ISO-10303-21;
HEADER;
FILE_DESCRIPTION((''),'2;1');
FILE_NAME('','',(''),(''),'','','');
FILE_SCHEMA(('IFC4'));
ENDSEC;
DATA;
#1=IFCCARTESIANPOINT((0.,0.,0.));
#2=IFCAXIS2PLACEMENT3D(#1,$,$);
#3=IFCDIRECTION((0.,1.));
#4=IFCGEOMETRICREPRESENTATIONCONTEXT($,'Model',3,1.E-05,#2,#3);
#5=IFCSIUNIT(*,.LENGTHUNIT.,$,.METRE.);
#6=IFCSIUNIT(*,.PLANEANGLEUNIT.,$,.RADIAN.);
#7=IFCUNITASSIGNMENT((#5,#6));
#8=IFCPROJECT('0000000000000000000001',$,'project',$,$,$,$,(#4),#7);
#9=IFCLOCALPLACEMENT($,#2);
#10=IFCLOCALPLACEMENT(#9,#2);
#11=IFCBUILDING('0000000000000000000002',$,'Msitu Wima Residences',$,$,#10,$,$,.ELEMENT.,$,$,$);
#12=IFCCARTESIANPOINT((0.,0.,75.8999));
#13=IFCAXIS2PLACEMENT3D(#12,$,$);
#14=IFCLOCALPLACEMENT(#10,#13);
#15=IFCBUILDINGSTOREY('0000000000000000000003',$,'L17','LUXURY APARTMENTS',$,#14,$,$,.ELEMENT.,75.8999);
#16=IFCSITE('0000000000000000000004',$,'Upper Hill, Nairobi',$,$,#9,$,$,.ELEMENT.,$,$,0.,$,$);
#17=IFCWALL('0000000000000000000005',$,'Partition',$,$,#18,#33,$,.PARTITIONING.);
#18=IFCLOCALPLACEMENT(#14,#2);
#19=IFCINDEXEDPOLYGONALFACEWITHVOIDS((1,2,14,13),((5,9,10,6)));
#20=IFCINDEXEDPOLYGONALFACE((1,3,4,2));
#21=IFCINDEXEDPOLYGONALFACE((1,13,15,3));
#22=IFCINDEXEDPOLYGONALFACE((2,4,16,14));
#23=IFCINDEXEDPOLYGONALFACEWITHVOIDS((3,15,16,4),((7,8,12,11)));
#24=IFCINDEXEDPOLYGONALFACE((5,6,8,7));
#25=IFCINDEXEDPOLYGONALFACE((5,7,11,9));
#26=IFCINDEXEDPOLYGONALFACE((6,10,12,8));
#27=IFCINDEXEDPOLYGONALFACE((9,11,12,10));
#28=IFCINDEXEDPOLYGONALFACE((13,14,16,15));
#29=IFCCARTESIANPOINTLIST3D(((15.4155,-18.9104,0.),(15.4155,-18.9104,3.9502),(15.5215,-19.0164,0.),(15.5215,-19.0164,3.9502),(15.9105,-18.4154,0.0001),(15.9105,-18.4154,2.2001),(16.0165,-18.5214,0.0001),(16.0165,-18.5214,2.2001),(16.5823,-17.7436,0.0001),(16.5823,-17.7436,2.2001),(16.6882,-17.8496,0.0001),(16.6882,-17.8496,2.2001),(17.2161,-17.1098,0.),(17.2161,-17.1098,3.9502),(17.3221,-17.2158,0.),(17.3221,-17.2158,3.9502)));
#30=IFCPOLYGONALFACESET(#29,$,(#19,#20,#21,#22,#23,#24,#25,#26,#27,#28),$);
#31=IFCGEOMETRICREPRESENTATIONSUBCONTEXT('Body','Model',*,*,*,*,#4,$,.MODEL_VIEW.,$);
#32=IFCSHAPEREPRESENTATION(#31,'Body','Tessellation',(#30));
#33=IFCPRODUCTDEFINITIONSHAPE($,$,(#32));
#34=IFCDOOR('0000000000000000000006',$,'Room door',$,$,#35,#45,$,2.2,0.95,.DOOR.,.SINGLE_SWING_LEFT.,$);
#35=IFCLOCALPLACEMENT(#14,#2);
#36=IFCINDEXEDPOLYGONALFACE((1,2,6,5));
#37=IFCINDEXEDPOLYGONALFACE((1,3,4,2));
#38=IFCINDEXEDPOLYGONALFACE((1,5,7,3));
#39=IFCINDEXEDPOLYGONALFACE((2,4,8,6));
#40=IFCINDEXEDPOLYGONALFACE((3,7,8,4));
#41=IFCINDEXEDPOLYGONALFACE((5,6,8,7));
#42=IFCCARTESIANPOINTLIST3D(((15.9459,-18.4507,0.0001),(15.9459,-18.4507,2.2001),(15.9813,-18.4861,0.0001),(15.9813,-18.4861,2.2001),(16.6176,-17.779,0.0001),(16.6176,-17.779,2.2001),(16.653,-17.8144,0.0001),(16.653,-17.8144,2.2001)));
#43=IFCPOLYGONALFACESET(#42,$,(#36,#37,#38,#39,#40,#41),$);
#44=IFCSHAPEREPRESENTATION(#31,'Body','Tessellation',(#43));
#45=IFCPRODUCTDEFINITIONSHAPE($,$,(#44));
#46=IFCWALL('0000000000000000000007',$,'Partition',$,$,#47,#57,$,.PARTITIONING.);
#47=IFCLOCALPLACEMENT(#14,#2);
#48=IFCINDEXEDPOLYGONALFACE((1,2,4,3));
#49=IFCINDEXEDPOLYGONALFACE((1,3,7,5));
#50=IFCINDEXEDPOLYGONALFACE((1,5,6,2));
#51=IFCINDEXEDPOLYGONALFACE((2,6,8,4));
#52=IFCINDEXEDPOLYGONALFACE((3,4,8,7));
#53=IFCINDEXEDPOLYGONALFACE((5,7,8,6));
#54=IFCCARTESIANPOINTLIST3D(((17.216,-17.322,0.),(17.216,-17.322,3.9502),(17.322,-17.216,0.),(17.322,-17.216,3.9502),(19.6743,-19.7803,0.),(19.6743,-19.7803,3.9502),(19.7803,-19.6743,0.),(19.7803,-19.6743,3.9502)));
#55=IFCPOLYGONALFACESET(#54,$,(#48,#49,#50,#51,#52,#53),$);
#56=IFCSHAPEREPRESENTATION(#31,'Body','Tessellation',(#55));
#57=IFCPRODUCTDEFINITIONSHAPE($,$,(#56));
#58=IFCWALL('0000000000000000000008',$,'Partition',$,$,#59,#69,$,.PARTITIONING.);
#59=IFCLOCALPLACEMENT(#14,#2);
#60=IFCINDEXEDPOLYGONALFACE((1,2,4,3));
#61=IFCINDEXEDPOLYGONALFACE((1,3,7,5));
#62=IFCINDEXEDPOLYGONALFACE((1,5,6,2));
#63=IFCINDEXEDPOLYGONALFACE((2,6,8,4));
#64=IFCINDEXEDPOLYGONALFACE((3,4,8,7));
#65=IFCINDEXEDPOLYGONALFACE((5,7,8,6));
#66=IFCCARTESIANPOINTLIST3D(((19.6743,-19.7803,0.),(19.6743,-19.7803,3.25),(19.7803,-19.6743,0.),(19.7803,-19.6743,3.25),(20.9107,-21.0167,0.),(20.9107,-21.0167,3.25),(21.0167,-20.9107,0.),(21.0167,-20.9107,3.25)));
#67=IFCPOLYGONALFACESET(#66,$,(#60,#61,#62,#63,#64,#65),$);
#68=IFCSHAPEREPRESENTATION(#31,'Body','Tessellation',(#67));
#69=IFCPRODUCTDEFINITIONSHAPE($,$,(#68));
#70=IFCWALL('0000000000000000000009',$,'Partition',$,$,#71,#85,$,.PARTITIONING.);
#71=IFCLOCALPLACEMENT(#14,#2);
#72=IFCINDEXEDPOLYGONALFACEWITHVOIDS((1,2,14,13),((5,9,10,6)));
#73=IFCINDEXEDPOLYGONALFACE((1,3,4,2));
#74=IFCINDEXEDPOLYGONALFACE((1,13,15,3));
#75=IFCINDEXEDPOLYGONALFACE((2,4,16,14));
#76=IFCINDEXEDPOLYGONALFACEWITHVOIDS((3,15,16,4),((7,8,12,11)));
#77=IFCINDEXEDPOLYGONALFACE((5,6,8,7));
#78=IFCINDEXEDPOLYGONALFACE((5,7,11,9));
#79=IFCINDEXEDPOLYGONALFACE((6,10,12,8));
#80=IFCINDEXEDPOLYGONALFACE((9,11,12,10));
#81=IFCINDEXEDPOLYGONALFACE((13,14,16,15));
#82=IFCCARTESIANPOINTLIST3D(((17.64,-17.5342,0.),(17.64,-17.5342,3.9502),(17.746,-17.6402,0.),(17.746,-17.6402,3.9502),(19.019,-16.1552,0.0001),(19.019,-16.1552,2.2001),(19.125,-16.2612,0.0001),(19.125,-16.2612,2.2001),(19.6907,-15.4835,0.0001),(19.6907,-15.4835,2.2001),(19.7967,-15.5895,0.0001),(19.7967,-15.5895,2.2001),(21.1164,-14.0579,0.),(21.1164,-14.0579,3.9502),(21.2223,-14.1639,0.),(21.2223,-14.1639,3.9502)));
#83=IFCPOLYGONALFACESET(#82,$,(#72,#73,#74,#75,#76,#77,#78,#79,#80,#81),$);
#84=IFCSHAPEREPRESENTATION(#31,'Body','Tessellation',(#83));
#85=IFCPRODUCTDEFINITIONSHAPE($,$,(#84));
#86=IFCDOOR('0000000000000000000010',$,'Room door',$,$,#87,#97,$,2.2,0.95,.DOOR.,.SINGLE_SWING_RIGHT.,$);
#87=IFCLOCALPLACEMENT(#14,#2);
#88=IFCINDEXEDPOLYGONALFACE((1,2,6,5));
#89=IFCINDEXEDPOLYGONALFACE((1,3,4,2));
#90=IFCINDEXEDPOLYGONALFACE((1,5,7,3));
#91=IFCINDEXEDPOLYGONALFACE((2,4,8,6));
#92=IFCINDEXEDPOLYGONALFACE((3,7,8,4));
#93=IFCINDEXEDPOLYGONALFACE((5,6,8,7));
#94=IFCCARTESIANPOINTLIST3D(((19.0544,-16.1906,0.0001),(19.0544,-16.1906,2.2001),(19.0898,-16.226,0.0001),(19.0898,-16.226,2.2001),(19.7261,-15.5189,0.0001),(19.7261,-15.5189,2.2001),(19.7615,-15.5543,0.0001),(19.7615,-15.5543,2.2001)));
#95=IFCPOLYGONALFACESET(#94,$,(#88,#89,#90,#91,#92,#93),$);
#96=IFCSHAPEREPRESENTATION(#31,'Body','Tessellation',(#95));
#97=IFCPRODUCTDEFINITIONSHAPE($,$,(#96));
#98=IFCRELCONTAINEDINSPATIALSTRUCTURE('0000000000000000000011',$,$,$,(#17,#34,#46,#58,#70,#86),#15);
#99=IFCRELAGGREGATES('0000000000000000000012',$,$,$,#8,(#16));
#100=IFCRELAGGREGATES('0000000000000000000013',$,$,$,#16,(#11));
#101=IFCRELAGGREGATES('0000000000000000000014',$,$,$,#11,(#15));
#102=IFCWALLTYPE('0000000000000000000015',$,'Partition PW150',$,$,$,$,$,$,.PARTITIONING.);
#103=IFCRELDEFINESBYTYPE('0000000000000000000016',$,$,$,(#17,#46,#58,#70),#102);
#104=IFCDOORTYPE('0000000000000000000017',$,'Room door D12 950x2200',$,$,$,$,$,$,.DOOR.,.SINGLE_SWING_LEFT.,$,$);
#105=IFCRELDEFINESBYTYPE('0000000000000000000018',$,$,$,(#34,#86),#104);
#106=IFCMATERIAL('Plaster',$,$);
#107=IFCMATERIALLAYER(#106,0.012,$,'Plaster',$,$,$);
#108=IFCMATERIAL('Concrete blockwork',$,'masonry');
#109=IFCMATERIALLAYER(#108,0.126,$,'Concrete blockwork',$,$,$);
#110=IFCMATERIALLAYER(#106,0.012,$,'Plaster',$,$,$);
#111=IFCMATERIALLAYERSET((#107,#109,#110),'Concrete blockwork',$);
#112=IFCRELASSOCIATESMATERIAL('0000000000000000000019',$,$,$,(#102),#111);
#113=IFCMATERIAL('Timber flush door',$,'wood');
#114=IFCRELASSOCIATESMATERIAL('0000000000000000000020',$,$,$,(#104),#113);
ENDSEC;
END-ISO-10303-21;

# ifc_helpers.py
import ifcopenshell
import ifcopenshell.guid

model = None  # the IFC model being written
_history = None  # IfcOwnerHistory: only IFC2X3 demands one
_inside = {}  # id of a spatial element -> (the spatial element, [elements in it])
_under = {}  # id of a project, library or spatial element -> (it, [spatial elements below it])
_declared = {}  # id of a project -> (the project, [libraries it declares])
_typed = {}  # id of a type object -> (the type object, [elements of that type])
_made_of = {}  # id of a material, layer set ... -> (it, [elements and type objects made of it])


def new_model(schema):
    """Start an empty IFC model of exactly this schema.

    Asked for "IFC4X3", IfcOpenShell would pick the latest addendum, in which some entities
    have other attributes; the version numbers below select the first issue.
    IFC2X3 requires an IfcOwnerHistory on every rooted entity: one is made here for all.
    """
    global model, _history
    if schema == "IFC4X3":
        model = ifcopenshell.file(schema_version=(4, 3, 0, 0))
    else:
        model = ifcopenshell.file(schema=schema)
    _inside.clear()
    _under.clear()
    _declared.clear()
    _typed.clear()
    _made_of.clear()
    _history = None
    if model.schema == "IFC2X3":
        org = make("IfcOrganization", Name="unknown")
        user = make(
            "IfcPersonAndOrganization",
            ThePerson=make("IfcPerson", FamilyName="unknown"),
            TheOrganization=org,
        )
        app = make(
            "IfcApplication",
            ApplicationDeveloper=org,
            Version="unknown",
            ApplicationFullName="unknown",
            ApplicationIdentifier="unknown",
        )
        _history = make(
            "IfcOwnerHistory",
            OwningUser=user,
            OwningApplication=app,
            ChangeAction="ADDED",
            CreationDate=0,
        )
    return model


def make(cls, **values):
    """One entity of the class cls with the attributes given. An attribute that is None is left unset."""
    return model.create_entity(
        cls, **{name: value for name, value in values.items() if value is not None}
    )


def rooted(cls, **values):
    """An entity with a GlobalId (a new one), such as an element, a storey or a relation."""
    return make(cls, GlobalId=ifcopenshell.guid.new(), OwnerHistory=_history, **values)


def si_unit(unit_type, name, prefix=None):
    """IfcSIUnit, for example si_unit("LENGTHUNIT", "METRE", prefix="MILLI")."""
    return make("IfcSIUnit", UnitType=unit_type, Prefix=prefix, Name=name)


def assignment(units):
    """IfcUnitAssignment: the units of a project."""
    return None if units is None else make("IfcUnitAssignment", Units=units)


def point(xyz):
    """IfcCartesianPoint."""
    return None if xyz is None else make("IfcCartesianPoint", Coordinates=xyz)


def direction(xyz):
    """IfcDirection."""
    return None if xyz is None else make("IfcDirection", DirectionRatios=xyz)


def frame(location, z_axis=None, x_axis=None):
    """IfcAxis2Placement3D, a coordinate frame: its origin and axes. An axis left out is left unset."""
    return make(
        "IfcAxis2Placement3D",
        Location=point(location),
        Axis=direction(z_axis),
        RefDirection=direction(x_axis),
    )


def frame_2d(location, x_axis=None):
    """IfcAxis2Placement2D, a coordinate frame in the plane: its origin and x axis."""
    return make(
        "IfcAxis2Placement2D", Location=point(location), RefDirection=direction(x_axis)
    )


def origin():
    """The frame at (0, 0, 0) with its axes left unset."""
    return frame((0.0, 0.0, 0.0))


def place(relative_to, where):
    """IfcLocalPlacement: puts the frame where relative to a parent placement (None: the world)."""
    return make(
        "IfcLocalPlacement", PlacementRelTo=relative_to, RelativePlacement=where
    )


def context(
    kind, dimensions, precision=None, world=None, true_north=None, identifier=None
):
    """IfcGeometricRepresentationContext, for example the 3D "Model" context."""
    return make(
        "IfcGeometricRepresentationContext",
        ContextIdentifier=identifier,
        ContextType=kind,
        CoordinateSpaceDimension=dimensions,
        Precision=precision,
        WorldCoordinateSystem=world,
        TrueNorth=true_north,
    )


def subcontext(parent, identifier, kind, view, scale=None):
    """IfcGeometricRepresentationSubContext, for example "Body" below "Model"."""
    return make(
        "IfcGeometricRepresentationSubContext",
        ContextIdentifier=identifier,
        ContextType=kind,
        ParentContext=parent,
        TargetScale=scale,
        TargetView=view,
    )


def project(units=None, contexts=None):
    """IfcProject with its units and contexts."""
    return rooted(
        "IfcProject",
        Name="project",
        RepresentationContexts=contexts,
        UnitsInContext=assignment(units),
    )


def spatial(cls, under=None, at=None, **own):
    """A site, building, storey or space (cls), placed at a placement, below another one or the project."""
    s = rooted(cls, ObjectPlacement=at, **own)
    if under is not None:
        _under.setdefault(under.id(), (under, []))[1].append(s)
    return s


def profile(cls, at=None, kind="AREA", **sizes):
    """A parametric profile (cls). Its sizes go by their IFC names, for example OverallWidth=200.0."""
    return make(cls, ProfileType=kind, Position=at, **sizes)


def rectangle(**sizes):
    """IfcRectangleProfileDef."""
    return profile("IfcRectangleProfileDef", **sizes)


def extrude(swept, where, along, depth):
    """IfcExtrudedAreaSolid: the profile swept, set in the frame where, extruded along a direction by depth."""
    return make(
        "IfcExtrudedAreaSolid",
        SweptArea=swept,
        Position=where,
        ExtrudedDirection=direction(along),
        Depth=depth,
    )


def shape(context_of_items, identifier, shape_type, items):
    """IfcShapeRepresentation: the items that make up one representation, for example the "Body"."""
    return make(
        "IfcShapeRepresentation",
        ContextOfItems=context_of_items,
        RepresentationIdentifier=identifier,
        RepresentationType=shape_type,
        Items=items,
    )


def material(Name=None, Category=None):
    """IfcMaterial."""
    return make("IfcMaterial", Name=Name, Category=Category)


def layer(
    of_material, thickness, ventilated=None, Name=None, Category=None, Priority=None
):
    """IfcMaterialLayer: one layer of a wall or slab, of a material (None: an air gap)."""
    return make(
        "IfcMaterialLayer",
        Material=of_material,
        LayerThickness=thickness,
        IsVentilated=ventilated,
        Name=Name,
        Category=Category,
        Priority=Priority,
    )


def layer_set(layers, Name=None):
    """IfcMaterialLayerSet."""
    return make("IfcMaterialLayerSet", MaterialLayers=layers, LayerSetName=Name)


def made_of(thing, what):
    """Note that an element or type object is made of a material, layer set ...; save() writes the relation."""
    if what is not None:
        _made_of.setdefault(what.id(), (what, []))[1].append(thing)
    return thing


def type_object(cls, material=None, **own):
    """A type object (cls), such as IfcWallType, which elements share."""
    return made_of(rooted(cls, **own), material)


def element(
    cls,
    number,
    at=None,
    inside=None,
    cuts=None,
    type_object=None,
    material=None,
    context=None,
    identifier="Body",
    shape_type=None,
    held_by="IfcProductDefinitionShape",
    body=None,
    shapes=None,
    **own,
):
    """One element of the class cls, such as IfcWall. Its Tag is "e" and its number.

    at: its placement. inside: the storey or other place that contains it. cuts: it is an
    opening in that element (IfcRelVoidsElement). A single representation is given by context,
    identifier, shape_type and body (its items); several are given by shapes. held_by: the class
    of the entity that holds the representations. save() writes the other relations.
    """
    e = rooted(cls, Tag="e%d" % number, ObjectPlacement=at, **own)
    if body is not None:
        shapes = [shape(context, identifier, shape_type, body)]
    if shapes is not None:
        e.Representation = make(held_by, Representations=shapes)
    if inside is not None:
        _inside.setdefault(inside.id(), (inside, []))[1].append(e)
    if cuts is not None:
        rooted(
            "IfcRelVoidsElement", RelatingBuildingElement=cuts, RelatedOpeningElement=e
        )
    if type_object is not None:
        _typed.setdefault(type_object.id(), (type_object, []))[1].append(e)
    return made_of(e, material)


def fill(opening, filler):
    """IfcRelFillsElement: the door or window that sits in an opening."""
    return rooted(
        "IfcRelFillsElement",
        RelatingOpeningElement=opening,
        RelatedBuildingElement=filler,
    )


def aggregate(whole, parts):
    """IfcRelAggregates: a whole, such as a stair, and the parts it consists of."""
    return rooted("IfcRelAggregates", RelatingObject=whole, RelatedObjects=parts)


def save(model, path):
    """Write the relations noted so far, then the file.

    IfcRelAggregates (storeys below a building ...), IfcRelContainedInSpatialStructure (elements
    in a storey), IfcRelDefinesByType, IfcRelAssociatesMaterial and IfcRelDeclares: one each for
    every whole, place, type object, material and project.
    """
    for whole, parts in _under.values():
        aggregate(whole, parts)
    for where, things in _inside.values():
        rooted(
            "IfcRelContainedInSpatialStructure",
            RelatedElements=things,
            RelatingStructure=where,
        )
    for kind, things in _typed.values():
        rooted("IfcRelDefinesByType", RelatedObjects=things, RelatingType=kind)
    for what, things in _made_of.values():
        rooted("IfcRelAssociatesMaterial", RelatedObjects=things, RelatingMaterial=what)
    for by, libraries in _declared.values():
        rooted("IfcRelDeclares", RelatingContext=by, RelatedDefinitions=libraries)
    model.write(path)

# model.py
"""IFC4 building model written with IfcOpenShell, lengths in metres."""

from ifc_helpers import new_model, si_unit, direction, frame, frame_2d, origin, place, context, subcontext, project, spatial, rectangle, extrude, material, layer, layer_set, type_object, element, fill, save


model = new_model("IFC4")

# Units and contexts
model_context = context("Model", 3, precision=1e-05, world=origin(), true_north=direction((0.0, 1.0)))
body_context = subcontext(model_context, "Body", "Model", "MODEL_VIEW")
ifc_project = project(units=[si_unit("LENGTHUNIT", "METRE"), si_unit("PLANEANGLEUNIT", "RADIAN")], contexts=[model_context])

# Site, building, storey
site_placement = place(None, origin())
site = spatial("IfcSite", under=ifc_project, at=site_placement, Name="Upper Hill, Nairobi", CompositionType="ELEMENT", RefElevation=0.0)
building_placement = place(site_placement, origin())
building = spatial("IfcBuilding", under=site, at=building_placement, Name="Msitu Wima Residences", CompositionType="ELEMENT")
storey_placement = place(building_placement, frame((0.0, 0.0, 75.8999)))
storey = spatial("IfcBuildingStorey", under=building, at=storey_placement, Name="L17", Description="LUXURY APARTMENTS", CompositionType="ELEMENT", Elevation=75.8999)

# Wall, opening, door
ifc_material_1 = material(Name="Plaster")
ifc_material_2 = material(Name="Concrete blockwork", Category="masonry")
ifc_layer_1 = layer(ifc_material_1, 0.012, Name="Plaster")
ifc_layer_2 = layer(ifc_material_2, 0.126, Name="Concrete blockwork")
ifc_layer_3 = layer(ifc_material_1, 0.012, Name="Plaster")
ifc_layer_set_1 = layer_set([ifc_layer_1, ifc_layer_2, ifc_layer_3], Name="Concrete blockwork")
wall_type_1 = type_object("IfcWallType", Name="Partition PW150", PredefinedType="PARTITIONING", material=ifc_layer_set_1)
wall_1_placement = place(storey_placement, frame((15.4685, -18.9634, 0.0), z_axis=(0.0, 0.0, 1.0), x_axis=(0.707107, 0.707107, 0.0)))
wall_1 = element("IfcWall", 1, at=wall_1_placement, inside=storey, type_object=wall_type_1, Name="Partition", PredefinedType="PARTITIONING", context=body_context, shape_type="SweptSolid", body=[
    extrude(rectangle(XDim=2.5464, YDim=0.1499, at=frame_2d((1.2732, 0.0))), origin(), (0.0, 0.0, 1.0), 3.9502),
])
opening_1_placement = place(wall_1_placement, frame((0.7, 0.0, 0.0)))
opening_1 = element("IfcOpeningElement", 2, at=opening_1_placement, cuts=wall_1, PredefinedType="OPENING", context=body_context, shape_type="SweptSolid", body=[
    extrude(rectangle(XDim=0.95, YDim=2.2, at=frame_2d((0.4751, 1.1001))), frame((0.0, 0.085, 0.0), z_axis=(0.0, -1.0, 0.0), x_axis=(1.0, 0.0, 0.0)), (0.0, 0.0, 1.0), 0.1699),
])
ifc_material_3 = material(Name="Timber flush door", Category="wood")
door_type_1 = type_object("IfcDoorType", Name="Room door D12 950x2200", OperationType="SINGLE_SWING_LEFT", PredefinedType="DOOR", material=ifc_material_3)
door_1_placement = place(opening_1_placement, origin())
door_1 = element("IfcDoor", 3, at=door_1_placement, inside=storey, type_object=door_type_1, Name="Room door", OperationType="SINGLE_SWING_LEFT", OverallHeight=2.2, OverallWidth=0.95, PredefinedType="DOOR", context=body_context, shape_type="SweptSolid", body=[
    extrude(rectangle(XDim=0.95, YDim=2.2, at=frame_2d((0.4751, 1.1001))), frame((0.0, 0.0249, 0.0), z_axis=(0.0, -1.0, 0.0), x_axis=(1.0, 0.0, 0.0)), (0.0, 0.0, 1.0), 0.05),
])
fill(opening_1, door_1)

# Walls
wall_2_placement = place(storey_placement, frame((17.269, -17.269, 0.0), z_axis=(0.0, 0.0, 1.0), x_axis=(0.707107, -0.707107, 0.0)))
element("IfcWall", 4, at=wall_2_placement, inside=storey, type_object=wall_type_1, Name="Partition", PredefinedType="PARTITIONING", context=body_context, shape_type="SweptSolid", body=[
    extrude(rectangle(XDim=3.4766, YDim=0.1499, at=frame_2d((1.7383, 0.0))), origin(), (0.0, 0.0, 1.0), 3.9502),
])
wall_3_placement = place(storey_placement, frame((19.7273, -19.7273, 0.0), z_axis=(0.0, 0.0, 1.0), x_axis=(0.707107, -0.707107, 0.0)))
element("IfcWall", 5, at=wall_3_placement, inside=storey, type_object=wall_type_1, Name="Partition", PredefinedType="PARTITIONING", context=body_context, shape_type="SweptSolid", body=[
    extrude(rectangle(XDim=1.7485, YDim=0.1499, at=frame_2d((0.8743, 0.0))), origin(), (0.0, 0.0, 1.0), 3.25),
])

# Wall, opening, door
wall_4_placement = place(storey_placement, frame((17.6931, -17.5872, 0.0), z_axis=(0.0, 0.0, 1.0), x_axis=(0.707107, 0.707107, 0.0)))
wall_4 = element("IfcWall", 6, at=wall_4_placement, inside=storey, type_object=wall_type_1, Name="Partition", PredefinedType="PARTITIONING", context=body_context, shape_type="SweptSolid", body=[
    extrude(rectangle(XDim=4.9163, YDim=0.1499, at=frame_2d((2.458, 0.0))), origin(), (0.0, 0.0, 1.0), 3.9502),
])
opening_2_placement = place(wall_4_placement, frame((1.95, 0.0, 0.0)))
opening_2 = element("IfcOpeningElement", 7, at=opening_2_placement, cuts=wall_4, PredefinedType="OPENING", context=body_context, shape_type="SweptSolid", body=[
    extrude(rectangle(XDim=0.95, YDim=2.2, at=frame_2d((0.4751, 1.1001))), frame((0.0, 0.085, 0.0), z_axis=(0.0, -1.0, 0.0), x_axis=(1.0, 0.0, 0.0)), (0.0, 0.0, 1.0), 0.1699),
])
door_2_placement = place(opening_2_placement, origin())
door_2 = element("IfcDoor", 8, at=door_2_placement, inside=storey, type_object=door_type_1, Name="Room door", OperationType="SINGLE_SWING_RIGHT", OverallHeight=2.2, OverallWidth=0.95, PredefinedType="DOOR", context=body_context, shape_type="SweptSolid", body=[
    extrude(rectangle(XDim=0.95, YDim=2.2, at=frame_2d((0.4751, 1.1001))), frame((0.0, 0.0249, 0.0), z_axis=(0.0, -1.0, 0.0), x_axis=(1.0, 0.0, 0.0)), (0.0, 0.0, 1.0), 0.05),
])
fill(opening_2, door_2)

save(model, "model.ifc")
